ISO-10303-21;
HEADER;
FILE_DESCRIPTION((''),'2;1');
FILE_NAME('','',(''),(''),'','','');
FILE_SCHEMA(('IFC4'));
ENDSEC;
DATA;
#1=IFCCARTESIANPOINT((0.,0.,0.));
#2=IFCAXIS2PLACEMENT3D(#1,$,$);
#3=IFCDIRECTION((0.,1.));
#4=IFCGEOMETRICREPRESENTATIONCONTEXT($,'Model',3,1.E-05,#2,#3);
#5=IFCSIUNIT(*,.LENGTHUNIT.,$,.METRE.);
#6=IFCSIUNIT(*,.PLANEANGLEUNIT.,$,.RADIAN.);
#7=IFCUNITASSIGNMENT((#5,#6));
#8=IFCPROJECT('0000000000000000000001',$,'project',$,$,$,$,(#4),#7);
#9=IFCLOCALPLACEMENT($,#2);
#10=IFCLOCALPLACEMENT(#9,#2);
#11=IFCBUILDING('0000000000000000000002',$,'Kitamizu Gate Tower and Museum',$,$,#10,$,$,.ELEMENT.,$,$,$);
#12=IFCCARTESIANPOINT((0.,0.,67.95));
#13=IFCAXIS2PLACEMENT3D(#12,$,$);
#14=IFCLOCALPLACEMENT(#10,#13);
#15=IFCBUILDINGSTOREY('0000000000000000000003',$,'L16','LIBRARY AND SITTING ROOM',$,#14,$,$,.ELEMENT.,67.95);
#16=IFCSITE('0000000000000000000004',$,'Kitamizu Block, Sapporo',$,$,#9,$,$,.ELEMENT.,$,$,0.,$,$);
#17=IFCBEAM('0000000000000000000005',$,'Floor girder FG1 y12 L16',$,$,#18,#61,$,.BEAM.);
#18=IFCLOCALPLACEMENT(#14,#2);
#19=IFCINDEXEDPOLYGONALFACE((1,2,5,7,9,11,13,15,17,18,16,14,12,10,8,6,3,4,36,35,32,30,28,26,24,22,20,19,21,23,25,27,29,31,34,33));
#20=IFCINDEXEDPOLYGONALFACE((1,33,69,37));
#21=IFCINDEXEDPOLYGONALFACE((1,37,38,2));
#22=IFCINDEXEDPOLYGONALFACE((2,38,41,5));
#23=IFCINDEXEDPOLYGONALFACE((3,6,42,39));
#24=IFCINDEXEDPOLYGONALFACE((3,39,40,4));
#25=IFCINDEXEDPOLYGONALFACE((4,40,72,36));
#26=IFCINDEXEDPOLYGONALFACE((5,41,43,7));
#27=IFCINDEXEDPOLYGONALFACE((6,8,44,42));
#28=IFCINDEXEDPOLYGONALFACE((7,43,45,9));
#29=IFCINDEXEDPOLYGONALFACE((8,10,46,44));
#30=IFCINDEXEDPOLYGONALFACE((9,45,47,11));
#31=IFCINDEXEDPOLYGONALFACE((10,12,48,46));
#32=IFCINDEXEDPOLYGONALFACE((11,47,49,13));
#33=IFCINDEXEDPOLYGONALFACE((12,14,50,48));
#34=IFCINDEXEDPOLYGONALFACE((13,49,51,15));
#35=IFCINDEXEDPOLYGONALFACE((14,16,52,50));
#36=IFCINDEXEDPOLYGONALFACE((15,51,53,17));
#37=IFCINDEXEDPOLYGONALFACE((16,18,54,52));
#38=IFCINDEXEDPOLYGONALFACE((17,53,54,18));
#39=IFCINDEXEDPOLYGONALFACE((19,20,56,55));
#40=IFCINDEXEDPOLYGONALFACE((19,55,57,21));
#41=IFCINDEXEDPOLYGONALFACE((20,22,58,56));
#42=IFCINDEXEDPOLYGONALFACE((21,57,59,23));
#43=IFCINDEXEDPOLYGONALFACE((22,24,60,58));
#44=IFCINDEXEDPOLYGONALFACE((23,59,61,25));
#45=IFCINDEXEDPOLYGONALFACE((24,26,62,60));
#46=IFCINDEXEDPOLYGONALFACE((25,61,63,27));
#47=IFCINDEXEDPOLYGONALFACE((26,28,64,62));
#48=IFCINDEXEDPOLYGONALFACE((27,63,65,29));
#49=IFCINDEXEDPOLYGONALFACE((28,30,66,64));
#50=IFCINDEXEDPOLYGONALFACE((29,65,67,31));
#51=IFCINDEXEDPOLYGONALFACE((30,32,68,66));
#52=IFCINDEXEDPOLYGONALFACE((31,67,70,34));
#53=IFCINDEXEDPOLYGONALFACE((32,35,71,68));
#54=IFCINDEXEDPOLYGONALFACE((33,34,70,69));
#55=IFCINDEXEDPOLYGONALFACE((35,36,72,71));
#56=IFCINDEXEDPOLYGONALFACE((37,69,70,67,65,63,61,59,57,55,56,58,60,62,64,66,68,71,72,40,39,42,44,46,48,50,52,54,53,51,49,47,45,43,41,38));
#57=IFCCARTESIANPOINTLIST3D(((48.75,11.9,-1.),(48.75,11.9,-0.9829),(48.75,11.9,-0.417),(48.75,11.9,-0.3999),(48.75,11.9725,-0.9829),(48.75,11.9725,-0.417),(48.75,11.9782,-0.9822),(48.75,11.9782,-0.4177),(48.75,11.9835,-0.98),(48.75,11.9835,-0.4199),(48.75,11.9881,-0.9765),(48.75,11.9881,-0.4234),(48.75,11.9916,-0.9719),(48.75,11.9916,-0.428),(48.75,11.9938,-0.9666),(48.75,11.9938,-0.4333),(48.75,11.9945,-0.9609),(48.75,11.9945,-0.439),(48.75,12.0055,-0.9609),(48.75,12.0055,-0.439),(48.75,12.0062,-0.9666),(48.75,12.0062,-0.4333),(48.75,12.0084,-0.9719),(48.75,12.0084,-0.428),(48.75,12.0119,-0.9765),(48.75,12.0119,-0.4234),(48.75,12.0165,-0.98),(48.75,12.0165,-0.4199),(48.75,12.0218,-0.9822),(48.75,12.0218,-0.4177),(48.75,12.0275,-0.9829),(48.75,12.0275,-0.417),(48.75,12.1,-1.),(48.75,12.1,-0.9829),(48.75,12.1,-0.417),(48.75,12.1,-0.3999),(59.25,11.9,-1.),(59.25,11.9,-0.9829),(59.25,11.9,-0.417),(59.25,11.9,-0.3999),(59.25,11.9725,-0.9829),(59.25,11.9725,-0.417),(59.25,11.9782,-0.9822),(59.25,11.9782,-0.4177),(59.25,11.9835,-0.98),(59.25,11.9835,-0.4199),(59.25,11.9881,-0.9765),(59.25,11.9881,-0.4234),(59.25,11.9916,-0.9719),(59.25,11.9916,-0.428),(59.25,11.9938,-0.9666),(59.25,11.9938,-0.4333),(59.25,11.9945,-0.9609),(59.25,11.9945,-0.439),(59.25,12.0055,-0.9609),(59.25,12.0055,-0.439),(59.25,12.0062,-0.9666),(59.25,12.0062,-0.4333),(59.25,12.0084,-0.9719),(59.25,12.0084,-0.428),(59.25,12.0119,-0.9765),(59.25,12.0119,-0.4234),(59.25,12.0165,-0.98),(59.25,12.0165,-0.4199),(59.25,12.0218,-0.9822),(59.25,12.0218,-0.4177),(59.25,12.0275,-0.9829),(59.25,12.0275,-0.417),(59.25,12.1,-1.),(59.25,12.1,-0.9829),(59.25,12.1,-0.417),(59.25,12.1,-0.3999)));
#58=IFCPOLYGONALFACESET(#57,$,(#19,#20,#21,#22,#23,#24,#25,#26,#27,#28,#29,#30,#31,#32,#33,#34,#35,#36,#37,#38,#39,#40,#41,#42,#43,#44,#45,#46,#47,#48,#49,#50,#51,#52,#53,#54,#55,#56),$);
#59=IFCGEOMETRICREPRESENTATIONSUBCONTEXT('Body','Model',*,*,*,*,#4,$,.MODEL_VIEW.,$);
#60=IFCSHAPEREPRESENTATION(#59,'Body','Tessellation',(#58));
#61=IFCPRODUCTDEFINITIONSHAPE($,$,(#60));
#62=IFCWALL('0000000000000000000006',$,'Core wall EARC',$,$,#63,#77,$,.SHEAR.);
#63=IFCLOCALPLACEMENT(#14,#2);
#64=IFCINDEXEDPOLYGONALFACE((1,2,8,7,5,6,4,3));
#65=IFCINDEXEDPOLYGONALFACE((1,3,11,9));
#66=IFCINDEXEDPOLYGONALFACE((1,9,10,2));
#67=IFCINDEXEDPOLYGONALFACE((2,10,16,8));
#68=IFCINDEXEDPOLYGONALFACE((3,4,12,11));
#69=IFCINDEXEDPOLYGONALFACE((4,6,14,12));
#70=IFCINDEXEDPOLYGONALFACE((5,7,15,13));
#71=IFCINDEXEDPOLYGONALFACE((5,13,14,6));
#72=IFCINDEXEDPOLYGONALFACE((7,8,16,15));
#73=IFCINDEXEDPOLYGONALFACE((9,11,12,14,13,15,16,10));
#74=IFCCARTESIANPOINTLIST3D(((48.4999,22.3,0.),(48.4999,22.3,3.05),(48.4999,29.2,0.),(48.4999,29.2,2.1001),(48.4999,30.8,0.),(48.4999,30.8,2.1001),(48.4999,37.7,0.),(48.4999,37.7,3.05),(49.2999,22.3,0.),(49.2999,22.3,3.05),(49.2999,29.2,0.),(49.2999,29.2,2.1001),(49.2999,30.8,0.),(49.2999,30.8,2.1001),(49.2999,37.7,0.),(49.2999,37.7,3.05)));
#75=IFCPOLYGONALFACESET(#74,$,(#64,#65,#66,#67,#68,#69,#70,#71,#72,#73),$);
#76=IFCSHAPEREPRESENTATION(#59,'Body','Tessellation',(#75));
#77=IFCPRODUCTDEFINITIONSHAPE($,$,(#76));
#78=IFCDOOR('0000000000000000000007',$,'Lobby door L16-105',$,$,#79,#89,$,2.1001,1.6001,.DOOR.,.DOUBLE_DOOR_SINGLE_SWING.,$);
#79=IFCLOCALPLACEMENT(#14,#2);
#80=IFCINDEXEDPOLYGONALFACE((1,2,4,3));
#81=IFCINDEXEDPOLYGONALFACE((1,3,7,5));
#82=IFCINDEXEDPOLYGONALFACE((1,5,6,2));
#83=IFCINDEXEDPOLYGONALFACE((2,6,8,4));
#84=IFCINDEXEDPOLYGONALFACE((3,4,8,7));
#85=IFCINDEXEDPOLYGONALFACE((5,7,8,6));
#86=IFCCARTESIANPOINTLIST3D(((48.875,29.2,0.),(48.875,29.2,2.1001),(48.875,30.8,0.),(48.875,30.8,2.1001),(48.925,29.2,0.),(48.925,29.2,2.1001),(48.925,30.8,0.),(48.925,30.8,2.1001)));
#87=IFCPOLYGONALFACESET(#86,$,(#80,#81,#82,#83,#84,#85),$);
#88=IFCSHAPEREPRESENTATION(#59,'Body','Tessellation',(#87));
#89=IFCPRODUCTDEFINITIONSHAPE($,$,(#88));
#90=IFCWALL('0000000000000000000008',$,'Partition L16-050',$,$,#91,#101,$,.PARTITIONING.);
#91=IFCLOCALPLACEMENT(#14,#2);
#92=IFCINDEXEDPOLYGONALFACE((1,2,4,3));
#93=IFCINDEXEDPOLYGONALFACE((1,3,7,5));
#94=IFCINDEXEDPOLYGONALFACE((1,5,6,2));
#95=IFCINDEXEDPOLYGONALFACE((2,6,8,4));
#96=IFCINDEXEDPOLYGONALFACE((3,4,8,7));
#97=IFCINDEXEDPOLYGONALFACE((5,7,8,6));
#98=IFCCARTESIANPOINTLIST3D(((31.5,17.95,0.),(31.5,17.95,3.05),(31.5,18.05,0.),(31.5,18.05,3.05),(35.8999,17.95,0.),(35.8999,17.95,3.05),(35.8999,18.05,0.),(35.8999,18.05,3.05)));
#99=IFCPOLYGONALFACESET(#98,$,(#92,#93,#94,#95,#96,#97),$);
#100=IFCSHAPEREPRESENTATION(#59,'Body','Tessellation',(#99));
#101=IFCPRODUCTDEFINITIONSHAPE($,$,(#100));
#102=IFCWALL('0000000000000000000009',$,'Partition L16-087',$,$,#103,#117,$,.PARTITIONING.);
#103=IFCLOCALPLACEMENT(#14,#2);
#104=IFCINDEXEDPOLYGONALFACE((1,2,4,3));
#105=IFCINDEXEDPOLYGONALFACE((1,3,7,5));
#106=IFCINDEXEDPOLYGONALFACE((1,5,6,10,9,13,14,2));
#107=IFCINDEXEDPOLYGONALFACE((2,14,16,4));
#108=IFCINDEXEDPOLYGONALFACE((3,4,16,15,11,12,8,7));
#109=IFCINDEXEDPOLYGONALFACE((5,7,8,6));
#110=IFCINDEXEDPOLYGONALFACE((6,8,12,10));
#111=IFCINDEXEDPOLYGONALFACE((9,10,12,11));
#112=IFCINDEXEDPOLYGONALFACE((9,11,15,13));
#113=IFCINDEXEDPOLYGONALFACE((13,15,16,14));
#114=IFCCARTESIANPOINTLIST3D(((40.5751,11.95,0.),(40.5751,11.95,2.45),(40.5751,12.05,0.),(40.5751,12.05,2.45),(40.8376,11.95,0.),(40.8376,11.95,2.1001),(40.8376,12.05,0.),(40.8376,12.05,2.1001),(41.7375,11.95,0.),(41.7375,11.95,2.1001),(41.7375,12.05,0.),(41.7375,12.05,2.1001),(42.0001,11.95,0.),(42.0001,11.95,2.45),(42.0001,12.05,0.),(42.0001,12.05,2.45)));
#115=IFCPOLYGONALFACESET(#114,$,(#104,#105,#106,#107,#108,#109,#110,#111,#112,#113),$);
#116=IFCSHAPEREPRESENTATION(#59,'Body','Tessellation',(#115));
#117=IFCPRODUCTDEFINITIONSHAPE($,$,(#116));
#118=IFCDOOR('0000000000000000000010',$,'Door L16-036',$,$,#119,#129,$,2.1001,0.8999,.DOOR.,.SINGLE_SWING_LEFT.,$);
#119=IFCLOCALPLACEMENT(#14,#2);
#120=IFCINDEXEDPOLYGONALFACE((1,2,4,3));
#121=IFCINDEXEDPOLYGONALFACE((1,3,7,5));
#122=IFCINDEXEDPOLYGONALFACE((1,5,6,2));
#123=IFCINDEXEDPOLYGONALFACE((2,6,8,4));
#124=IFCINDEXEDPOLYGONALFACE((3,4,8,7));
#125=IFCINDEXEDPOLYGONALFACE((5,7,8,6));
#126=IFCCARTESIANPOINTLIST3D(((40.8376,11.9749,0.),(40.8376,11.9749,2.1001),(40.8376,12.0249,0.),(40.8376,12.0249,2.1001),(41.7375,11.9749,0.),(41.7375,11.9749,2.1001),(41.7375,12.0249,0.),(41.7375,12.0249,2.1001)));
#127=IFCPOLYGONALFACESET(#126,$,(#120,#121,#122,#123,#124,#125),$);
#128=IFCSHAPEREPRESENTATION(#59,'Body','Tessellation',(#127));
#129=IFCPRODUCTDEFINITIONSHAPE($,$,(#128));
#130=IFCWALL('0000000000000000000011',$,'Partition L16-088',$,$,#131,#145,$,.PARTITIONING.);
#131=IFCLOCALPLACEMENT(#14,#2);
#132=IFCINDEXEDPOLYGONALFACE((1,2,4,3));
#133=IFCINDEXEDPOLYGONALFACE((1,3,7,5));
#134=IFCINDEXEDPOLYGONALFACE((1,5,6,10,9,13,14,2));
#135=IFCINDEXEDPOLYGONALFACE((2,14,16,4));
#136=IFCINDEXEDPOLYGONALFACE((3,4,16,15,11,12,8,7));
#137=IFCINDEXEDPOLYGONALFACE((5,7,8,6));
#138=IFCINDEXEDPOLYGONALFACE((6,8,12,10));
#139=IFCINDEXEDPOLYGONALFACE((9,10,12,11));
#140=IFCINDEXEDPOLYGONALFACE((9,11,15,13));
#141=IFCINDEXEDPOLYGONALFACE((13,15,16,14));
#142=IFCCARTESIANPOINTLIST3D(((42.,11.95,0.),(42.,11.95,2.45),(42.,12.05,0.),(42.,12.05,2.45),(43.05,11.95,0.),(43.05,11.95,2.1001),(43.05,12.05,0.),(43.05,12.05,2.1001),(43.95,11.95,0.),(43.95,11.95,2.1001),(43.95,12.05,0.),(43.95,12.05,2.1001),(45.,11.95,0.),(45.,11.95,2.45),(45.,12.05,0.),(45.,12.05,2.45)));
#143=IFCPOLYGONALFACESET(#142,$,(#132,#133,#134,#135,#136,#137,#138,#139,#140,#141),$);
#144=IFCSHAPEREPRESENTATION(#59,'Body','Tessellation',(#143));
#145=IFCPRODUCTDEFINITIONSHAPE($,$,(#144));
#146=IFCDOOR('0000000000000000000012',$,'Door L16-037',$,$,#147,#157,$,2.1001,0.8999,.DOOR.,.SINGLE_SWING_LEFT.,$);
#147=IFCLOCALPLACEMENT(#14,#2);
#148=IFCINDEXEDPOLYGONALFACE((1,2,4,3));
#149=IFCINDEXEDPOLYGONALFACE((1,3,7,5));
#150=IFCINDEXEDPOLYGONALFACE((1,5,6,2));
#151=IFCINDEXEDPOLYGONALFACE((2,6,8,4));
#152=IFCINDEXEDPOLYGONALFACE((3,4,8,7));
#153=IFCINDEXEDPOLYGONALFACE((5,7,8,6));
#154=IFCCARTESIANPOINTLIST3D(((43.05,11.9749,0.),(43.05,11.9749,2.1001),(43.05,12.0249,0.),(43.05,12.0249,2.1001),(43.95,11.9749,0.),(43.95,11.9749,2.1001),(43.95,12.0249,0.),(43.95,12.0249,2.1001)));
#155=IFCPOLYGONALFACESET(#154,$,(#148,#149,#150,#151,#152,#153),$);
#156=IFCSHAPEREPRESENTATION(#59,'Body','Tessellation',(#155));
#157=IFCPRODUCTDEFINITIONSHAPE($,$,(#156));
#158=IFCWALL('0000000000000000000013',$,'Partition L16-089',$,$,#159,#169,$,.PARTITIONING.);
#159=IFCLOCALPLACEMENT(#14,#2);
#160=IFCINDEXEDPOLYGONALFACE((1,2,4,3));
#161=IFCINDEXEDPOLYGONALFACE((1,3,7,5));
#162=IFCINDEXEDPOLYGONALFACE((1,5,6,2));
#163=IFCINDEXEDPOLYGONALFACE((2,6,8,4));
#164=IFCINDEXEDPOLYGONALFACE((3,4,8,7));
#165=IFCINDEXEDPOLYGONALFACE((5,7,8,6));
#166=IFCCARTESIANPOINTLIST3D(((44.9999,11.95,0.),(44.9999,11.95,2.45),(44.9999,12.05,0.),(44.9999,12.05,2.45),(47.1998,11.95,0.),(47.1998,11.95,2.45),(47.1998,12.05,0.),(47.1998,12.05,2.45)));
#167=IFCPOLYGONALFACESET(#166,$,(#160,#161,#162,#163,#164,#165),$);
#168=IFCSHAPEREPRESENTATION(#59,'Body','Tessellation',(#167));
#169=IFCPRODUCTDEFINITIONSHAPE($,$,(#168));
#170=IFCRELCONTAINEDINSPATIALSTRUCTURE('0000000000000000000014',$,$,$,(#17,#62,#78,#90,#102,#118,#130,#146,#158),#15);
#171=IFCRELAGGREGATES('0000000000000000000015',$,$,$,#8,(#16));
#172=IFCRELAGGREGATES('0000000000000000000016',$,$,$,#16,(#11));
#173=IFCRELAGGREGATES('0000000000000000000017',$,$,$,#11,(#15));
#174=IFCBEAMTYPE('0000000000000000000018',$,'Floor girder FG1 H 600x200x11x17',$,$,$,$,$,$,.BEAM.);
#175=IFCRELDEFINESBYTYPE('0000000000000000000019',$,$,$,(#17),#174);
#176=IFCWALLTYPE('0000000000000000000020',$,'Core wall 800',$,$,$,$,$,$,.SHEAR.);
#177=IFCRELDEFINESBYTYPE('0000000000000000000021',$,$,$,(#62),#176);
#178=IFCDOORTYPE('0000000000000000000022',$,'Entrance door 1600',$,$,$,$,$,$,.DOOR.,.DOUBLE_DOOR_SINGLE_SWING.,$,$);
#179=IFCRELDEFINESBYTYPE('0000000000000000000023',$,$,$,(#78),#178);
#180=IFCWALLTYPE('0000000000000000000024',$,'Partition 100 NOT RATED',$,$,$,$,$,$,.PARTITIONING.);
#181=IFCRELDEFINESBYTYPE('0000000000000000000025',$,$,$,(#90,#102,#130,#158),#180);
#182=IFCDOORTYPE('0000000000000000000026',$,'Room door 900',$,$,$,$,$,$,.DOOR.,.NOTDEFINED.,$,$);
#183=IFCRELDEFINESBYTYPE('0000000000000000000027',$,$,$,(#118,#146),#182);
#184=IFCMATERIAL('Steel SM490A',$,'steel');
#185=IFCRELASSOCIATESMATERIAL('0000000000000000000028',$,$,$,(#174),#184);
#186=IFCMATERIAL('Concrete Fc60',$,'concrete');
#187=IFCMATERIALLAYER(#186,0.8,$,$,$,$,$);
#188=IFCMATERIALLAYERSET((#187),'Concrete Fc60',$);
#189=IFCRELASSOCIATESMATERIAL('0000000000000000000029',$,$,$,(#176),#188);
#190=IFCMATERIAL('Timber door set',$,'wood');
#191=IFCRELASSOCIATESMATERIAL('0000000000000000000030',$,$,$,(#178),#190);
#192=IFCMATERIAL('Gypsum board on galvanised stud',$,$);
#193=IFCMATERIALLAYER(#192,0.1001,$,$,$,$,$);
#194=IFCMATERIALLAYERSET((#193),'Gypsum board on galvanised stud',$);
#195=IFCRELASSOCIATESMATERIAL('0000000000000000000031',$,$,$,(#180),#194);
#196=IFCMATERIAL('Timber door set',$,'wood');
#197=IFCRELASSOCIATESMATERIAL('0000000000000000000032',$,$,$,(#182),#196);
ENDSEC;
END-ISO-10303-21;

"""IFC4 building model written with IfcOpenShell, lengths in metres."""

from ifc_helpers import new_model, si_unit, direction, frame, frame_2d, origin, origin_2d, place, context, subcontext, project, spatial, rectangle, i_section, extrude, material, layer, layer_set, material_profile, profile_set, type_object, element, fill, save


model = new_model("IFC4")

# Units and contexts
model_context = context("Model", 3, precision=1e-05, world=origin(), true_north=direction((0.0, 1.0)))
body_context = subcontext(model_context, "Body", "Model", "MODEL_VIEW")
ifc_project = project(units=[si_unit("LENGTHUNIT", "METRE"), si_unit("PLANEANGLEUNIT", "RADIAN")], contexts=[model_context])

# Site, building, storey
site_placement = place(None, origin())
site = spatial("IfcSite", under=ifc_project, at=site_placement, Name="Kitamizu Block, Sapporo", CompositionType="ELEMENT", RefElevation=0.0)
building_placement = place(site_placement, origin())
building = spatial("IfcBuilding", under=site, at=building_placement, Name="Kitamizu Gate Tower and Museum", CompositionType="ELEMENT")
storey_placement = place(building_placement, frame((0.0, 0.0, 67.95)))
storey = spatial("IfcBuildingStorey", under=building, at=storey_placement, Name="L16", Description="LIBRARY AND SITTING ROOM", CompositionType="ELEMENT", Elevation=67.95)

# Beam
ifc_material_1 = material(Name="Steel SM490A", Category="steel")
ifc_material_profile_1 = material_profile(ifc_material_1, i_section(OverallWidth=0.2, OverallDepth=0.6001, WebThickness=0.011, FlangeThickness=0.0171, FilletRadius=0.022, at=origin_2d()), Name="H-600x200x11x17")
ifc_profile_set_1 = profile_set([ifc_material_profile_1], Name="Steel SM490A")
beam_type_1 = type_object("IfcBeamType", Name="Floor girder FG1 H 600x200x11x17", PredefinedType="BEAM", material=ifc_profile_set_1)
for number, where, z_axis, x_axis, name in (
    (1, (48.75, 12.0, -0.7), (1.0, 0.0, 0.0), (0.0, 1.0, 0.0), "Floor girder FG1 y12 L16"),
):
    element("IfcBeam", number, at=place(storey_placement, frame(where, z_axis=z_axis, x_axis=x_axis)), inside=storey, type_object=beam_type_1, Name=name, PredefinedType="BEAM", context=body_context, shape_type="SweptSolid", body=[
        extrude(i_section(OverallWidth=0.2, OverallDepth=0.6001, WebThickness=0.011, FlangeThickness=0.0171, FilletRadius=0.022, at=origin_2d()), origin(), (0.0, 0.0, 1.0), 10.5),
    ])

# Wall, opening, door
ifc_material_2 = material(Name="Concrete Fc60", Category="concrete")
ifc_layer_1 = layer(ifc_material_2, 0.8)
ifc_layer_set_1 = layer_set([ifc_layer_1], Name="Concrete Fc60")
wall_type_1 = type_object("IfcWallType", Name="Core wall 800", PredefinedType="SHEAR", material=ifc_layer_set_1)
wall_1_placement = place(storey_placement, frame((48.8999, 22.3, 0.0), z_axis=(0.0, 0.0, 1.0), x_axis=(0.0, 1.0, 0.0)))
wall_1 = element("IfcWall", 2, at=wall_1_placement, inside=storey, type_object=wall_type_1, Name="Core wall EARC", PredefinedType="SHEAR", context=body_context, shape_type="SweptSolid", body=[
    extrude(rectangle(XDim=15.3999, YDim=0.8, at=frame_2d((7.7, 0.0))), origin(), (0.0, 0.0, 1.0), 3.05),
])
opening_1_placement = place(wall_1_placement, frame((6.8999, 0.0, 0.0)))
opening_1 = element("IfcOpeningElement", 3, at=opening_1_placement, cuts=wall_1, PredefinedType="OPENING", context=body_context, shape_type="SweptSolid", body=[
    extrude(rectangle(XDim=1.6001, YDim=2.1001, at=frame_2d((0.8, 1.05))), frame((0.0, 0.4102, 0.0), z_axis=(0.0, -1.0, 0.0), x_axis=(1.0, 0.0, 0.0)), (0.0, 0.0, 1.0), 0.8201),
])
ifc_material_3 = material(Name="Timber door set", Category="wood")
door_type_1 = type_object("IfcDoorType", Name="Entrance door 1600", OperationType="DOUBLE_DOOR_SINGLE_SWING", PredefinedType="DOOR", material=ifc_material_3)
door_1_placement = place(opening_1_placement, origin())
door_1 = element("IfcDoor", 4, at=door_1_placement, inside=storey, type_object=door_type_1, Name="Lobby door L16-105", OperationType="DOUBLE_DOOR_SINGLE_SWING", OverallHeight=2.1001, OverallWidth=1.6001, PredefinedType="DOOR", context=body_context, shape_type="SweptSolid", body=[
    extrude(rectangle(XDim=1.6001, YDim=2.1001, at=frame_2d((0.8, 1.05))), frame((0.0, 0.0249, 0.0), z_axis=(0.0, -1.0, 0.0), x_axis=(1.0, 0.0, 0.0)), (0.0, 0.0, 1.0), 0.05),
])
fill(opening_1, door_1)

# Wall
ifc_material_4 = material(Name="Gypsum board on galvanised stud")
ifc_layer_2 = layer(ifc_material_4, 0.1001)
ifc_layer_set_2 = layer_set([ifc_layer_2], Name="Gypsum board on galvanised stud")
wall_type_2 = type_object("IfcWallType", Name="Partition 100 NOT RATED", PredefinedType="PARTITIONING", material=ifc_layer_set_2)
wall_2_placement = place(storey_placement, frame((35.8999, 18.0, 0.0), z_axis=(0.0, 0.0, 1.0), x_axis=(-1.0, 0.0, 0.0)))
element("IfcWall", 5, at=wall_2_placement, inside=storey, type_object=wall_type_2, Name="Partition L16-050", PredefinedType="PARTITIONING", context=body_context, shape_type="SweptSolid", body=[
    extrude(rectangle(XDim=4.3999, YDim=0.1001, at=frame_2d((2.2, 0.0))), origin(), (0.0, 0.0, 1.0), 3.05),
])

# Walls, openings, doors
wall_3_placement = place(storey_placement, frame((42.0, 12.0, 0.0), z_axis=(0.0, 0.0, 1.0), x_axis=(-1.0, 0.0, 0.0)))
wall_3 = element("IfcWall", 6, at=wall_3_placement, inside=storey, type_object=wall_type_2, Name="Partition L16-087", PredefinedType="PARTITIONING", context=body_context, shape_type="SweptSolid", body=[
    extrude(rectangle(XDim=1.425, YDim=0.1001, at=frame_2d((0.7124, 0.0))), origin(), (0.0, 0.0, 1.0), 2.45),
])
opening_2_placement = place(wall_3_placement, frame((0.2625, 0.0, 0.0)))
opening_2 = element("IfcOpeningElement", 7, at=opening_2_placement, cuts=wall_3, PredefinedType="OPENING", context=body_context, shape_type="SweptSolid", body=[
    extrude(rectangle(XDim=0.8999, YDim=2.1001, at=frame_2d((0.45, 1.05))), frame((0.0, 0.0601, 0.0), z_axis=(0.0, -1.0, 0.0), x_axis=(1.0, 0.0, 0.0)), (0.0, 0.0, 1.0), 0.1201),
])
ifc_material_5 = material(Name="Timber door set", Category="wood")
door_type_2 = type_object("IfcDoorType", Name="Room door 900", OperationType="NOTDEFINED", PredefinedType="DOOR", material=ifc_material_5)
door_2_placement = place(opening_2_placement, frame((0.8999, 0.0, 0.0), x_axis=(-1.0, 0.0, 0.0)))
door_2 = element("IfcDoor", 8, at=door_2_placement, inside=storey, type_object=door_type_2, Name="Door L16-036", OperationType="SINGLE_SWING_LEFT", OverallHeight=2.1001, OverallWidth=0.8999, PredefinedType="DOOR", context=body_context, shape_type="SweptSolid", body=[
    extrude(rectangle(XDim=0.8999, YDim=2.1001, at=frame_2d((0.45, 1.05))), frame((0.0, 0.0249, 0.0), z_axis=(0.0, -1.0, 0.0), x_axis=(1.0, 0.0, 0.0)), (0.0, 0.0, 1.0), 0.05),
])
fill(opening_2, door_2)
wall_4_placement = place(storey_placement, frame((45.0, 12.0, 0.0), z_axis=(0.0, 0.0, 1.0), x_axis=(-1.0, 0.0, 0.0)))
wall_4 = element("IfcWall", 9, at=wall_4_placement, inside=storey, type_object=wall_type_2, Name="Partition L16-088", PredefinedType="PARTITIONING", context=body_context, shape_type="SweptSolid", body=[
    extrude(rectangle(XDim=3.0, YDim=0.1001, at=frame_2d((1.5, 0.0))), origin(), (0.0, 0.0, 1.0), 2.45),
])
opening_3_placement = place(wall_4_placement, frame((1.05, 0.0, 0.0)))
opening_3 = element("IfcOpeningElement", 10, at=opening_3_placement, cuts=wall_4, PredefinedType="OPENING", context=body_context, shape_type="SweptSolid", body=[
    extrude(rectangle(XDim=0.8999, YDim=2.1001, at=frame_2d((0.45, 1.05))), frame((0.0, 0.0601, 0.0), z_axis=(0.0, -1.0, 0.0), x_axis=(1.0, 0.0, 0.0)), (0.0, 0.0, 1.0), 0.1201),
])
door_3_placement = place(opening_3_placement, frame((0.8999, 0.0, 0.0), x_axis=(-1.0, 0.0, 0.0)))
door_3 = element("IfcDoor", 11, at=door_3_placement, inside=storey, type_object=door_type_2, Name="Door L16-037", OperationType="SINGLE_SWING_LEFT", OverallHeight=2.1001, OverallWidth=0.8999, PredefinedType="DOOR", context=body_context, shape_type="SweptSolid", body=[
    extrude(rectangle(XDim=0.8999, YDim=2.1001, at=frame_2d((0.45, 1.05))), frame((0.0, 0.0249, 0.0), z_axis=(0.0, -1.0, 0.0), x_axis=(1.0, 0.0, 0.0)), (0.0, 0.0, 1.0), 0.05),
])
fill(opening_3, door_3)

# Wall
wall_5_placement = place(storey_placement, frame((47.2, 12.0, 0.0), z_axis=(0.0, 0.0, 1.0), x_axis=(-1.0, 0.0, 0.0)))
element("IfcWall", 12, at=wall_5_placement, inside=storey, type_object=wall_type_2, Name="Partition L16-089", PredefinedType="PARTITIONING", context=body_context, shape_type="SweptSolid", body=[
    extrude(rectangle(XDim=2.2, YDim=0.1001, at=frame_2d((1.1001, 0.0))), origin(), (0.0, 0.0, 1.0), 2.45),
])

save(model, "model.ifc")
